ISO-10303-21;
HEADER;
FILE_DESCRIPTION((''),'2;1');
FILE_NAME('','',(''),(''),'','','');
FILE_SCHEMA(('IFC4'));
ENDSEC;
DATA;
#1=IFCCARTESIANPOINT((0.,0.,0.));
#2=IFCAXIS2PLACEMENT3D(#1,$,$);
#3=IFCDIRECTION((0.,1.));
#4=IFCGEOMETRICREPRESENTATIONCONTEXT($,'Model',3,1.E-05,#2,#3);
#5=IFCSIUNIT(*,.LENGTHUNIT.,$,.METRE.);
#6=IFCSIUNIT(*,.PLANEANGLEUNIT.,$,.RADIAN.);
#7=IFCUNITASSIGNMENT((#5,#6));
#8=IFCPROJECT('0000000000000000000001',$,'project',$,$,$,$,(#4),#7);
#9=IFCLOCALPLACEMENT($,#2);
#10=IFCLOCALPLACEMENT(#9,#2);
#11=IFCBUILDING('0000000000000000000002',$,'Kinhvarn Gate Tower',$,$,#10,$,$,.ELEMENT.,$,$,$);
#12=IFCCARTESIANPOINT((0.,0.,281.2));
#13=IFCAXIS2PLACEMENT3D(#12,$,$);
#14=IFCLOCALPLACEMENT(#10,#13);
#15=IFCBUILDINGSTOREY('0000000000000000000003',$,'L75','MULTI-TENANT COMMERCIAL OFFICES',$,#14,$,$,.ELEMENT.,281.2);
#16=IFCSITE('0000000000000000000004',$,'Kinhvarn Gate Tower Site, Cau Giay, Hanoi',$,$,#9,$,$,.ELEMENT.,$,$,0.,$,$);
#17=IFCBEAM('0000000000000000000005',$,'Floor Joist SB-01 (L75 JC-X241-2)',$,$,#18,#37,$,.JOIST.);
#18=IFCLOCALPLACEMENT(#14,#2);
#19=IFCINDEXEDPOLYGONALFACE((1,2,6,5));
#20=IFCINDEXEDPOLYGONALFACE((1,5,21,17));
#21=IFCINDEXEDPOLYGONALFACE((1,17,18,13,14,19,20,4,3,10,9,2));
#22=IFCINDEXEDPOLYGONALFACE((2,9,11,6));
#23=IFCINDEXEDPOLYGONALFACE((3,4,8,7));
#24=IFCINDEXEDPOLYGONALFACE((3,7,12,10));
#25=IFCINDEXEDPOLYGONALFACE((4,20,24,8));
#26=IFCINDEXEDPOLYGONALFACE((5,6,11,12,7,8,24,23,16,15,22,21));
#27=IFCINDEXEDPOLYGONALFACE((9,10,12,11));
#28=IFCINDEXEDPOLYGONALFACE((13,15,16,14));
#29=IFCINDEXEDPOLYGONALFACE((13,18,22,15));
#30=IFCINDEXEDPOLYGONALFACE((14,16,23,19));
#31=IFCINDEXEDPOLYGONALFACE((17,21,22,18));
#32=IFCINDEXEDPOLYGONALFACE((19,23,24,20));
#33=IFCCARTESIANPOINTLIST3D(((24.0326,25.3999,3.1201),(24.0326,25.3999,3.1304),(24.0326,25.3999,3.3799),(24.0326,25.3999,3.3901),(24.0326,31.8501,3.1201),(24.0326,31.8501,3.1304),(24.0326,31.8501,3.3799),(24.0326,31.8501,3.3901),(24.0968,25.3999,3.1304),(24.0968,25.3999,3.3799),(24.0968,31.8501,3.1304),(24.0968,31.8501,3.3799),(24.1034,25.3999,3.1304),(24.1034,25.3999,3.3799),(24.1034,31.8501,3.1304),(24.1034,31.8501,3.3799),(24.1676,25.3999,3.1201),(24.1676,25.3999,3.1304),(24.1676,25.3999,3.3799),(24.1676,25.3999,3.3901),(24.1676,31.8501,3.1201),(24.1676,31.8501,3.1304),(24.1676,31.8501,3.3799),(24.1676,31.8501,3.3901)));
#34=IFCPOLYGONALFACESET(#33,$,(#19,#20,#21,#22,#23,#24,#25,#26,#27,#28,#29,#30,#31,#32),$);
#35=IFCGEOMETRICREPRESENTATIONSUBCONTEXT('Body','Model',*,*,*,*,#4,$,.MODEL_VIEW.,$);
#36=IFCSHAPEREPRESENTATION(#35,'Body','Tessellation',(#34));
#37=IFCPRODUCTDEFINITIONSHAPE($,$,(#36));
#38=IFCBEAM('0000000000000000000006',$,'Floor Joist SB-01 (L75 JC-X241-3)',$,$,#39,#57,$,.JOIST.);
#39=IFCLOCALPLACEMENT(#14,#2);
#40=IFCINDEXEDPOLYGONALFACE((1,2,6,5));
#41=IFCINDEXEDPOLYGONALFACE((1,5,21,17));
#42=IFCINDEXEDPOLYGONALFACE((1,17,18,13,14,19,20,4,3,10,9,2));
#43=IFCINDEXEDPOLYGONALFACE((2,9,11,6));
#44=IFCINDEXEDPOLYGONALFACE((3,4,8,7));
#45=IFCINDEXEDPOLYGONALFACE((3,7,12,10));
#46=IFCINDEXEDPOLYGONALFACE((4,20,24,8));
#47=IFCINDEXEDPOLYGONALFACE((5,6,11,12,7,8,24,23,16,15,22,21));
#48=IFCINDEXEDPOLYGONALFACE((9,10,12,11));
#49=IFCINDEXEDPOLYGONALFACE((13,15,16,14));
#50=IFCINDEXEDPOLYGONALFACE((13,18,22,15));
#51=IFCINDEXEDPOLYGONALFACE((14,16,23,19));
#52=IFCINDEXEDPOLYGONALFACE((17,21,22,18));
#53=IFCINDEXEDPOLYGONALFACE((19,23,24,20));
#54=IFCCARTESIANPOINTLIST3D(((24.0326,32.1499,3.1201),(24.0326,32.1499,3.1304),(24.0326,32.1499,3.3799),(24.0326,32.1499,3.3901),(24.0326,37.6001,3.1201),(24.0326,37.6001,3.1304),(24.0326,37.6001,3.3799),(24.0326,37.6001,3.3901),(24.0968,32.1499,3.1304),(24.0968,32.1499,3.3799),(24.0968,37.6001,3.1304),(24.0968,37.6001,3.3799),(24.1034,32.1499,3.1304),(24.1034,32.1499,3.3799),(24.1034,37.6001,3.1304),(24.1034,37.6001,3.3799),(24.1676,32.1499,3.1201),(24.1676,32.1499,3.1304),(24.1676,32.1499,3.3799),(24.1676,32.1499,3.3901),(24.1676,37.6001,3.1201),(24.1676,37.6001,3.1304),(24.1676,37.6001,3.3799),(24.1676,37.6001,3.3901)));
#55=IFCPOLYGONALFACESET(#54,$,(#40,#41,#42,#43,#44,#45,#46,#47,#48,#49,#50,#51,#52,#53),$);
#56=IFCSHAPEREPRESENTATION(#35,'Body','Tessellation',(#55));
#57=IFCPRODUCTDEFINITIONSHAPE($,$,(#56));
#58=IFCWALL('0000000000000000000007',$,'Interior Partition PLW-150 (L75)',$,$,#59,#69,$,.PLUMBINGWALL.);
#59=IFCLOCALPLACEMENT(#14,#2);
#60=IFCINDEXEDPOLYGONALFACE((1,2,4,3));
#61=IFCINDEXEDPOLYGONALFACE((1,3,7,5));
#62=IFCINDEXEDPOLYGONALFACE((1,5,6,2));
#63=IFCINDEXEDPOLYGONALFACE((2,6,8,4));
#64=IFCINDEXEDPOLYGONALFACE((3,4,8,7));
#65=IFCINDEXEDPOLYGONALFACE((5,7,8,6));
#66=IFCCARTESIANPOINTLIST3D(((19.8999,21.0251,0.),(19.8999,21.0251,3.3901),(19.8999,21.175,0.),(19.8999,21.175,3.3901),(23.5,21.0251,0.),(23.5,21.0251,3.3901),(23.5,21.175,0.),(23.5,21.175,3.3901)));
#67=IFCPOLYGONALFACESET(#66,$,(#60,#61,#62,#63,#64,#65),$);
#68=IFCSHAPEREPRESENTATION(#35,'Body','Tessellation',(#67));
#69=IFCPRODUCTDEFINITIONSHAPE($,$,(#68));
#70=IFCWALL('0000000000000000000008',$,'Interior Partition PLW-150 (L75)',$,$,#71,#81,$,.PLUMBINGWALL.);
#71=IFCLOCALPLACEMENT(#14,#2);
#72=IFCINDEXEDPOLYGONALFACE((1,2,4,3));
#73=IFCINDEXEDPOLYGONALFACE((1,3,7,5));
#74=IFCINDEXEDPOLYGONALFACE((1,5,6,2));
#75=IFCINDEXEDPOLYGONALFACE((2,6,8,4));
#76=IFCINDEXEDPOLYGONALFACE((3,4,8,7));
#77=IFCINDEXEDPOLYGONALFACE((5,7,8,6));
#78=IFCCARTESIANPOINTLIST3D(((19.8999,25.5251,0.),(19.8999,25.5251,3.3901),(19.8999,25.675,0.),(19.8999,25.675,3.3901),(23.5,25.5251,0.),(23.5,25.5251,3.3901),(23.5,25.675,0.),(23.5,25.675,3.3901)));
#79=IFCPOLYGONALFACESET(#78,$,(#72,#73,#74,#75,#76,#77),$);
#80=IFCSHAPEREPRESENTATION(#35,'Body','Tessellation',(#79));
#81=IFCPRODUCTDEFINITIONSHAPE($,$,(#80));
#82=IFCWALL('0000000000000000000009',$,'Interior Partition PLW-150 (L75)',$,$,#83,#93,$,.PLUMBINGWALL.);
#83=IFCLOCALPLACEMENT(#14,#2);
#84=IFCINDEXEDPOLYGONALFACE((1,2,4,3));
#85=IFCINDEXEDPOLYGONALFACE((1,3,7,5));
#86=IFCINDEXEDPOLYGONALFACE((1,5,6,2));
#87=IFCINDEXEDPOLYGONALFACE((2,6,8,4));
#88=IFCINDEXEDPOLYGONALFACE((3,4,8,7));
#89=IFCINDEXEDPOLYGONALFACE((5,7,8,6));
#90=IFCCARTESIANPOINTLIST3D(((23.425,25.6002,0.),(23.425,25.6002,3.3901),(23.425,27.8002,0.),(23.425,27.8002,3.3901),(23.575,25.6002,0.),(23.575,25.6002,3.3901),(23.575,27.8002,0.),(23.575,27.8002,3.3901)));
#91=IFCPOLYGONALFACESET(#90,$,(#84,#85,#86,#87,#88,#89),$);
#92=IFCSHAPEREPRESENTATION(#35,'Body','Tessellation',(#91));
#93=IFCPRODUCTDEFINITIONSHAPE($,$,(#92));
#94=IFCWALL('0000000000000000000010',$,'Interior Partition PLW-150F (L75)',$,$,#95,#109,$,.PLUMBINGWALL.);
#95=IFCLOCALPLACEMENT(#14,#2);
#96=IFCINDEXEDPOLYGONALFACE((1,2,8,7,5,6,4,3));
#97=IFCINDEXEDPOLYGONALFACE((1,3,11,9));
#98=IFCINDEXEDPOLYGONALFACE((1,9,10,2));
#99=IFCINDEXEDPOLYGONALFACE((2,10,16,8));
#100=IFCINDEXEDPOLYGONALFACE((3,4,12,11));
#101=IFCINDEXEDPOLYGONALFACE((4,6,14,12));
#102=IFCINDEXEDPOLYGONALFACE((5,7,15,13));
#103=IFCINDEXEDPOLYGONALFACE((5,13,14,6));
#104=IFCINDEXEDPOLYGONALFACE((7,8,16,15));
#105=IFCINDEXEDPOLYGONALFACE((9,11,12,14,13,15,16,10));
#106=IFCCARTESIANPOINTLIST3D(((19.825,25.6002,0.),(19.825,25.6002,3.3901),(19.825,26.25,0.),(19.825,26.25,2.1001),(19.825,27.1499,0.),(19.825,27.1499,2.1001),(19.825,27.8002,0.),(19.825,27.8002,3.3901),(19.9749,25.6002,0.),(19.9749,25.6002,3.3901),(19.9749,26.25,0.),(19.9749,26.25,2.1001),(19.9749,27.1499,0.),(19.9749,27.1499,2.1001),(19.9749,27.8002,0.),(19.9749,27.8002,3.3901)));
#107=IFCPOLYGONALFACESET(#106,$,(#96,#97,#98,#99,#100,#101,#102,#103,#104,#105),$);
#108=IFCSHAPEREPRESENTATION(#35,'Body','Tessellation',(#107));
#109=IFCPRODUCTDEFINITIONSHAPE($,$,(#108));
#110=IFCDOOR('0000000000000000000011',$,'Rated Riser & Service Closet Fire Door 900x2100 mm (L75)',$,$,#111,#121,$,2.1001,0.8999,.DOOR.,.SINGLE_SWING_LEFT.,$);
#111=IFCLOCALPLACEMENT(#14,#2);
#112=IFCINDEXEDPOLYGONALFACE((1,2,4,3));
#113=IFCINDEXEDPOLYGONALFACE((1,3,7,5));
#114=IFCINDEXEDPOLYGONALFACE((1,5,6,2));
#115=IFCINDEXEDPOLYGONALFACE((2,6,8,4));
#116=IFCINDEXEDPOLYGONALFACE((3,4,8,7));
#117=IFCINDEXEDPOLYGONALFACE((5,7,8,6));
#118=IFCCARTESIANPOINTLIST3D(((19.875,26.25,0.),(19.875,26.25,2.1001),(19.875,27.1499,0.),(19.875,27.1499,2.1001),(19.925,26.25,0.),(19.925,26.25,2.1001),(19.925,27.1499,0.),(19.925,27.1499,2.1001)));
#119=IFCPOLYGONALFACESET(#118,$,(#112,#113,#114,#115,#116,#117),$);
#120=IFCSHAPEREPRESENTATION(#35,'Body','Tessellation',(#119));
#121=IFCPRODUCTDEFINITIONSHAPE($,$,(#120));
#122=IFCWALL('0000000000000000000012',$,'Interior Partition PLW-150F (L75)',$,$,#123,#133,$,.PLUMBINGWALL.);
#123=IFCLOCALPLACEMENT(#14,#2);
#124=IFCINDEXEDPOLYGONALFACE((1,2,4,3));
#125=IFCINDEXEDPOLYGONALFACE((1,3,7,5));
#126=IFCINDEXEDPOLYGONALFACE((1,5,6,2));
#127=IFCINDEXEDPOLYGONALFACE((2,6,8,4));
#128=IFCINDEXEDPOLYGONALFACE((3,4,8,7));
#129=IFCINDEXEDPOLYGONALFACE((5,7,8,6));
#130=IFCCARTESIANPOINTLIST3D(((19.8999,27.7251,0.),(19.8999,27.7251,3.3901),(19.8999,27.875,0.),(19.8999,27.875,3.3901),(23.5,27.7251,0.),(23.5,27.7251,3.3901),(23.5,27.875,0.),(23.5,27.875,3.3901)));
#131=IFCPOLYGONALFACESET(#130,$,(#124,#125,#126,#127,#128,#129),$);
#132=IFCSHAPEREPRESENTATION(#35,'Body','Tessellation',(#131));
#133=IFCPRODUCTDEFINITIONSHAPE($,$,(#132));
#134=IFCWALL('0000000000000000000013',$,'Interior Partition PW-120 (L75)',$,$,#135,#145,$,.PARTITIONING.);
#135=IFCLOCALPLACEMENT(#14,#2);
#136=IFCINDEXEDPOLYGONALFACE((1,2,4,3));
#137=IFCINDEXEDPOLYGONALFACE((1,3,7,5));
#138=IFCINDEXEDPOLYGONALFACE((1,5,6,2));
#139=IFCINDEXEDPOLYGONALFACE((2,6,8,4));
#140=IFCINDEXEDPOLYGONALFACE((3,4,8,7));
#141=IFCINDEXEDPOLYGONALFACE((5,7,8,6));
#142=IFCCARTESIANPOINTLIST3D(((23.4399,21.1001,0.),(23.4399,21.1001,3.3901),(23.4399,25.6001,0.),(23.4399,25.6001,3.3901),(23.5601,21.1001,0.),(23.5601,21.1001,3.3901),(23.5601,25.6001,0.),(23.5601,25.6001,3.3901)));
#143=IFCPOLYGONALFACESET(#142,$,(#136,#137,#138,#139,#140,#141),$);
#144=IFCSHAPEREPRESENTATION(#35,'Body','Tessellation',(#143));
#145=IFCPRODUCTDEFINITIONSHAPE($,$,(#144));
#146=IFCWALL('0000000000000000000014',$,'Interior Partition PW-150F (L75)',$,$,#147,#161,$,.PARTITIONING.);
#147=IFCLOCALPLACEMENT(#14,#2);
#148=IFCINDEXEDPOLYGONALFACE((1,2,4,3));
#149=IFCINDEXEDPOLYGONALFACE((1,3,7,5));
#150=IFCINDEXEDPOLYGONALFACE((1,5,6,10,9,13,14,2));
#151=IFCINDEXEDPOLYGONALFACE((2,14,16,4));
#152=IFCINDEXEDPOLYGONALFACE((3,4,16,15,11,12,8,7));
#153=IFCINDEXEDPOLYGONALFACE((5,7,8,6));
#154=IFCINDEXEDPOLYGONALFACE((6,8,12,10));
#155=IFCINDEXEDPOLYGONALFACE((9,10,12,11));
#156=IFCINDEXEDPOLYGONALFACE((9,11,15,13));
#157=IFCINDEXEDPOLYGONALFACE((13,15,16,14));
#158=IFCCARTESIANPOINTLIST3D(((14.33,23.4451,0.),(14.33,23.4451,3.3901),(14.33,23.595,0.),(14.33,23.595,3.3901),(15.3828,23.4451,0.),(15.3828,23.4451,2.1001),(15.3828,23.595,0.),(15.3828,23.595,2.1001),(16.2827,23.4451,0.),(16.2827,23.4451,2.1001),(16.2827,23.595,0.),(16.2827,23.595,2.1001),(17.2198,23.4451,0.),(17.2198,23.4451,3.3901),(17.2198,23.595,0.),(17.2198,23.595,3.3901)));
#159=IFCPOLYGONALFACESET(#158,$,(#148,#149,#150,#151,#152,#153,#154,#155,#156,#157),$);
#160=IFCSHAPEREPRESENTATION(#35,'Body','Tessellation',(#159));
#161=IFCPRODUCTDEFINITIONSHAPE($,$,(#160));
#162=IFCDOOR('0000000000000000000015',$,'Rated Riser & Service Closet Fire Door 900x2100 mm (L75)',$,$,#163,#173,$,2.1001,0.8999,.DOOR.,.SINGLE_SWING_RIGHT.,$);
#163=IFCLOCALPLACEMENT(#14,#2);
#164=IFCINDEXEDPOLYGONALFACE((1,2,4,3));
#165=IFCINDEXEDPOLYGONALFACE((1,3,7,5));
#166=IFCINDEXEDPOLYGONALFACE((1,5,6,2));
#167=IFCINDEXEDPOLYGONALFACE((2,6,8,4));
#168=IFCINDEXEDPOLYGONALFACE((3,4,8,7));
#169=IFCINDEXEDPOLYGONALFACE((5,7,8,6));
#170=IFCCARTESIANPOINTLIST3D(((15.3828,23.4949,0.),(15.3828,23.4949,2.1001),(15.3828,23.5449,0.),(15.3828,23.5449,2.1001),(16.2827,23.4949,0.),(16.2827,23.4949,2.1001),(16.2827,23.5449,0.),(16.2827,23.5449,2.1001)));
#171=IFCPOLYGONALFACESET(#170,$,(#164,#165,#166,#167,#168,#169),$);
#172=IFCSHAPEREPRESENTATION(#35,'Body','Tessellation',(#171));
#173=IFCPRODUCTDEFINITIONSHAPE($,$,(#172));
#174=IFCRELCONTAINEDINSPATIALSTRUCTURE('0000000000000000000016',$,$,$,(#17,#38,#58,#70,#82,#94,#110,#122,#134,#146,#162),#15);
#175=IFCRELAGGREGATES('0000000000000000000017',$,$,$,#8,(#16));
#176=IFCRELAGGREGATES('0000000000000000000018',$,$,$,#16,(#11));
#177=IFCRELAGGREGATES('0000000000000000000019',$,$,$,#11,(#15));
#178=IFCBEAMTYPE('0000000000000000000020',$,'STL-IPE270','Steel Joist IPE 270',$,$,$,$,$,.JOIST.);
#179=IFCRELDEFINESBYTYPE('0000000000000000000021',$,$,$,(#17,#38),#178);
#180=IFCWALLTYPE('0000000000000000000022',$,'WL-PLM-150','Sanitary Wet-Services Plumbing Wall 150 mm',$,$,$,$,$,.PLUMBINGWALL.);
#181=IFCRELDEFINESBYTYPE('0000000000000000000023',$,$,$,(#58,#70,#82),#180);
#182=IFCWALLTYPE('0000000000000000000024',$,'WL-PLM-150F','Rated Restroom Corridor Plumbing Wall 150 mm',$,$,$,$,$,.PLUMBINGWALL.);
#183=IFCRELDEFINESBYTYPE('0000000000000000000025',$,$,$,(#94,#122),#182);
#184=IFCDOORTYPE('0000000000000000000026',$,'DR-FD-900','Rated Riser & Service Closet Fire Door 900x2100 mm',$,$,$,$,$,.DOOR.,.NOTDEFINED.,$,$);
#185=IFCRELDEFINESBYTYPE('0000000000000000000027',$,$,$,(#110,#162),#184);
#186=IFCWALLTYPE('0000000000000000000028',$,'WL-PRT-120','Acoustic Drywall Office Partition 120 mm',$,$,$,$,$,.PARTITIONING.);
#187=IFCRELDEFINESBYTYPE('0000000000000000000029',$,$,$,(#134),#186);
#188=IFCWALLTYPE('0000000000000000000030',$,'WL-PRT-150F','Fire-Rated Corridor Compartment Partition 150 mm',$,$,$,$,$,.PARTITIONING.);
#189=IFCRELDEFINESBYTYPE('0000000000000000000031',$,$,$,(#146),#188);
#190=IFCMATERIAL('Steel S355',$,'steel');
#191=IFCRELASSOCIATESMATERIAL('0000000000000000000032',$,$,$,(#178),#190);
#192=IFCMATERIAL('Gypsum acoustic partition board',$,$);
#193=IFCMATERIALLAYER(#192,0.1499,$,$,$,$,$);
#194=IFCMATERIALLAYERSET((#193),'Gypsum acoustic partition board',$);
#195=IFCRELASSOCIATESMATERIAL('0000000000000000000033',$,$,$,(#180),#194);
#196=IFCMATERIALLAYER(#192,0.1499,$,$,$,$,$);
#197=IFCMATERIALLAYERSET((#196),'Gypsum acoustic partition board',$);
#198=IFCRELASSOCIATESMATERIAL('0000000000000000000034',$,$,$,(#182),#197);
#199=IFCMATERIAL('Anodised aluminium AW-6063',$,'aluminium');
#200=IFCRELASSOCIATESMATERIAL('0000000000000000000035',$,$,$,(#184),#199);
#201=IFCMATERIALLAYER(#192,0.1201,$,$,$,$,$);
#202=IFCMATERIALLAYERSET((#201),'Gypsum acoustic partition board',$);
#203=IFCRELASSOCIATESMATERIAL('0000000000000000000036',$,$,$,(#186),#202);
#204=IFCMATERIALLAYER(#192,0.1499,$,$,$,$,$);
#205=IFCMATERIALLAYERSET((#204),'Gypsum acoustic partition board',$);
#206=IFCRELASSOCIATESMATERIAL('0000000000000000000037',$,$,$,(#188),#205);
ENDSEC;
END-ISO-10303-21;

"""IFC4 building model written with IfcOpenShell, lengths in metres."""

from ifc_helpers import new_model, si_unit, direction, frame, frame_2d, origin, origin_2d, place, context, subcontext, project, spatial, rectangle, i_section, extrude, material, layer, layer_set, material_profile, profile_set, type_object, element, fill, save


model = new_model("IFC4")

# Units and contexts
model_context = context("Model", 3, precision=1e-05, world=origin(), true_north=direction((0.0, 1.0)))
body_context = subcontext(model_context, "Body", "Model", "MODEL_VIEW")
ifc_project = project(units=[si_unit("LENGTHUNIT", "METRE"), si_unit("PLANEANGLEUNIT", "RADIAN")], contexts=[model_context])

# Site, building, storey
site_placement = place(None, origin())
site = spatial("IfcSite", under=ifc_project, at=site_placement, Name="Kinhvarn Gate Tower Site, Cau Giay, Hanoi", CompositionType="ELEMENT", RefElevation=0.0)
building_placement = place(site_placement, origin())
building = spatial("IfcBuilding", under=site, at=building_placement, Name="Kinhvarn Gate Tower", CompositionType="ELEMENT")
storey_placement = place(building_placement, frame((0.0, 0.0, 281.2)))
storey = spatial("IfcBuildingStorey", under=building, at=storey_placement, Name="L75", Description="MULTI-TENANT COMMERCIAL OFFICES", CompositionType="ELEMENT", Elevation=281.2)

# Beams
ifc_material_1 = material(Name="Steel S355", Category="steel")
ifc_material_profile_1 = material_profile(ifc_material_1, i_section(OverallWidth=0.135, OverallDepth=0.27, WebThickness=0.0066, FlangeThickness=0.0103, at=origin_2d()), Name="IPE 270")
ifc_profile_set_1 = profile_set([ifc_material_profile_1], Name="Steel S355")
beam_type_1 = type_object("IfcBeamType", Name="STL-IPE270", Description="Steel Joist IPE 270", PredefinedType="JOIST", material=ifc_profile_set_1)
beam_1_placement = place(storey_placement, frame((24.1001, 25.3999, 3.2551), z_axis=(0.0, 1.0, 0.0), x_axis=(-1.0, 0.0, 0.0)))
element("IfcBeam", 1, at=beam_1_placement, inside=storey, type_object=beam_type_1, Name="Floor Joist SB-01 (L75 JC-X241-2)", PredefinedType="JOIST", context=body_context, shape_type="SweptSolid", body=[
    extrude(i_section(OverallWidth=0.135, OverallDepth=0.27, WebThickness=0.0066, FlangeThickness=0.0103, at=origin_2d()), origin(), (0.0, 0.0, 1.0), 6.4502),
])
beam_2_placement = place(storey_placement, frame((24.1001, 32.1499, 3.2551), z_axis=(0.0, 1.0, 0.0), x_axis=(-1.0, 0.0, 0.0)))
element("IfcBeam", 2, at=beam_2_placement, inside=storey, type_object=beam_type_1, Name="Floor Joist SB-01 (L75 JC-X241-3)", PredefinedType="JOIST", context=body_context, shape_type="SweptSolid", body=[
    extrude(i_section(OverallWidth=0.135, OverallDepth=0.27, WebThickness=0.0066, FlangeThickness=0.0103, at=origin_2d()), origin(), (0.0, 0.0, 1.0), 5.4502),
])

# Shared definitions
ifc_material_2 = material(Name="Anodised aluminium AW-6063", Category="aluminium")

# Walls
ifc_material_3 = material(Name="Gypsum acoustic partition board")
ifc_layer_1 = layer(ifc_material_3, 0.1499)
ifc_layer_set_1 = layer_set([ifc_layer_1], Name="Gypsum acoustic partition board")
wall_type_1 = type_object("IfcWallType", Name="WL-PLM-150", Description="Sanitary Wet-Services Plumbing Wall 150 mm", PredefinedType="PLUMBINGWALL", material=ifc_layer_set_1)
for number, where, z_axis, x_axis, name in (
    (3, (19.8999, 21.1001, 0.0), (0.0, 0.0, 1.0), (1.0, 0.0, 0.0), "Interior Partition PLW-150 (L75)"),
    (4, (19.8999, 25.6001, 0.0), (0.0, 0.0, 1.0), (1.0, 0.0, 0.0), "Interior Partition PLW-150 (L75)"),
):
    element("IfcWall", number, at=place(storey_placement, frame(where, z_axis=z_axis, x_axis=x_axis)), inside=storey, type_object=wall_type_1, Name=name, PredefinedType="PLUMBINGWALL", context=body_context, shape_type="SweptSolid", body=[
        extrude(rectangle(XDim=3.6001, YDim=0.1499, at=frame_2d((1.8, 0.0))), origin(), (0.0, 0.0, 1.0), 3.3901),
    ])
wall_1_placement = place(storey_placement, frame((23.5, 25.6001, 0.0), z_axis=(0.0, 0.0, 1.0), x_axis=(0.0, 1.0, 0.0)))
element("IfcWall", 5, at=wall_1_placement, inside=storey, type_object=wall_type_1, Name="Interior Partition PLW-150 (L75)", PredefinedType="PLUMBINGWALL", context=body_context, shape_type="SweptSolid", body=[
    extrude(rectangle(XDim=2.2, YDim=0.1499, at=frame_2d((1.1001, 0.0))), origin(), (0.0, 0.0, 1.0), 3.3901),
])

# Wall, opening, door
ifc_layer_2 = layer(ifc_material_3, 0.1499)
ifc_layer_set_2 = layer_set([ifc_layer_2], Name="Gypsum acoustic partition board")
wall_type_2 = type_object("IfcWallType", Name="WL-PLM-150F", Description="Rated Restroom Corridor Plumbing Wall 150 mm", PredefinedType="PLUMBINGWALL", material=ifc_layer_set_2)
wall_2_placement = place(storey_placement, frame((19.8999, 25.6001, 0.0), z_axis=(0.0, 0.0, 1.0), x_axis=(0.0, 1.0, 0.0)))
wall_2 = element("IfcWall", 6, at=wall_2_placement, inside=storey, type_object=wall_type_2, Name="Interior Partition PLW-150F (L75)", PredefinedType="PLUMBINGWALL", context=body_context, shape_type="SweptSolid", body=[
    extrude(rectangle(XDim=2.2, YDim=0.1499, at=frame_2d((1.1001, 0.0))), origin(), (0.0, 0.0, 1.0), 3.3901),
])
opening_1_placement = place(wall_2_placement, frame((0.6499, 0.0, 0.0)))
opening_1 = element("IfcOpeningElement", 7, at=opening_1_placement, cuts=wall_2, PredefinedType="OPENING", context=body_context, shape_type="SweptSolid", body=[
    extrude(rectangle(XDim=0.8999, YDim=2.1001, at=frame_2d((0.45, 1.05))), frame((0.0, 0.085, 0.0), z_axis=(0.0, -1.0, 0.0), x_axis=(1.0, 0.0, 0.0)), (0.0, 0.0, 1.0), 0.1699),
])
door_type_1 = type_object("IfcDoorType", Name="DR-FD-900", Description="Rated Riser & Service Closet Fire Door 900x2100 mm", OperationType="NOTDEFINED", PredefinedType="DOOR", material=ifc_material_2)
door_1_placement = place(opening_1_placement, origin())
door_1 = element("IfcDoor", 8, at=door_1_placement, inside=storey, type_object=door_type_1, Name="Rated Riser & Service Closet Fire Door 900x2100 mm (L75)", OperationType="SINGLE_SWING_LEFT", OverallHeight=2.1001, OverallWidth=0.8999, PredefinedType="DOOR", context=body_context, shape_type="SweptSolid", body=[
    extrude(rectangle(XDim=0.8999, YDim=2.1001, at=frame_2d((0.45, 1.05))), frame((0.0, 0.0249, 0.0), z_axis=(0.0, -1.0, 0.0), x_axis=(1.0, 0.0, 0.0)), (0.0, 0.0, 1.0), 0.05),
])
fill(opening_1, door_1)

# Walls
wall_3_placement = place(storey_placement, frame((19.8999, 27.8, 0.0), z_axis=(0.0, 0.0, 1.0), x_axis=(1.0, 0.0, 0.0)))
element("IfcWall", 9, at=wall_3_placement, inside=storey, type_object=wall_type_2, Name="Interior Partition PLW-150F (L75)", PredefinedType="PLUMBINGWALL", context=body_context, shape_type="SweptSolid", body=[
    extrude(rectangle(XDim=3.6001, YDim=0.1499, at=frame_2d((1.8, 0.0))), origin(), (0.0, 0.0, 1.0), 3.3901),
])
ifc_layer_3 = layer(ifc_material_3, 0.1201)
ifc_layer_set_3 = layer_set([ifc_layer_3], Name="Gypsum acoustic partition board")
wall_type_3 = type_object("IfcWallType", Name="WL-PRT-120", Description="Acoustic Drywall Office Partition 120 mm", PredefinedType="PARTITIONING", material=ifc_layer_set_3)
wall_4_placement = place(storey_placement, frame((23.5, 21.1001, 0.0), z_axis=(0.0, 0.0, 1.0), x_axis=(0.0, 1.0, 0.0)))
element("IfcWall", 10, at=wall_4_placement, inside=storey, type_object=wall_type_3, Name="Interior Partition PW-120 (L75)", PredefinedType="PARTITIONING", context=body_context, shape_type="SweptSolid", body=[
    extrude(rectangle(XDim=4.5, YDim=0.1201, at=frame_2d((2.25, 0.0))), origin(), (0.0, 0.0, 1.0), 3.3901),
])

# Wall, opening, door
ifc_layer_4 = layer(ifc_material_3, 0.1499)
ifc_layer_set_4 = layer_set([ifc_layer_4], Name="Gypsum acoustic partition board")
wall_type_4 = type_object("IfcWallType", Name="WL-PRT-150F", Description="Fire-Rated Corridor Compartment Partition 150 mm", PredefinedType="PARTITIONING", material=ifc_layer_set_4)
wall_5_placement = place(storey_placement, frame((14.3301, 23.52, 0.0), z_axis=(0.0, 0.0, 1.0), x_axis=(1.0, 0.0, 0.0)))
wall_5 = element("IfcWall", 11, at=wall_5_placement, inside=storey, type_object=wall_type_4, Name="Interior Partition PW-150F (L75)", PredefinedType="PARTITIONING", context=body_context, shape_type="SweptSolid", body=[
    extrude(rectangle(XDim=2.8899, YDim=0.1499, at=frame_2d((1.4448, 0.0))), origin(), (0.0, 0.0, 1.0), 3.3901),
])
opening_2_placement = place(wall_5_placement, frame((1.0527, 0.0, 0.0)))
opening_2 = element("IfcOpeningElement", 12, at=opening_2_placement, cuts=wall_5, PredefinedType="OPENING", context=body_context, shape_type="SweptSolid", body=[
    extrude(rectangle(XDim=0.8999, YDim=2.1001, at=frame_2d((0.45, 1.05))), frame((0.0, 0.085, 0.0), z_axis=(0.0, -1.0, 0.0), x_axis=(1.0, 0.0, 0.0)), (0.0, 0.0, 1.0), 0.1699),
])
door_2_placement = place(opening_2_placement, origin())
door_2 = element("IfcDoor", 13, at=door_2_placement, inside=storey, type_object=door_type_1, Name="Rated Riser & Service Closet Fire Door 900x2100 mm (L75)", OperationType="SINGLE_SWING_RIGHT", OverallHeight=2.1001, OverallWidth=0.8999, PredefinedType="DOOR", context=body_context, shape_type="SweptSolid", body=[
    extrude(rectangle(XDim=0.8999, YDim=2.1001, at=frame_2d((0.45, 1.05))), frame((0.0, 0.0249, 0.0), z_axis=(0.0, -1.0, 0.0), x_axis=(1.0, 0.0, 0.0)), (0.0, 0.0, 1.0), 0.05),
])
fill(opening_2, door_2)

save(model, "model.ifc")
